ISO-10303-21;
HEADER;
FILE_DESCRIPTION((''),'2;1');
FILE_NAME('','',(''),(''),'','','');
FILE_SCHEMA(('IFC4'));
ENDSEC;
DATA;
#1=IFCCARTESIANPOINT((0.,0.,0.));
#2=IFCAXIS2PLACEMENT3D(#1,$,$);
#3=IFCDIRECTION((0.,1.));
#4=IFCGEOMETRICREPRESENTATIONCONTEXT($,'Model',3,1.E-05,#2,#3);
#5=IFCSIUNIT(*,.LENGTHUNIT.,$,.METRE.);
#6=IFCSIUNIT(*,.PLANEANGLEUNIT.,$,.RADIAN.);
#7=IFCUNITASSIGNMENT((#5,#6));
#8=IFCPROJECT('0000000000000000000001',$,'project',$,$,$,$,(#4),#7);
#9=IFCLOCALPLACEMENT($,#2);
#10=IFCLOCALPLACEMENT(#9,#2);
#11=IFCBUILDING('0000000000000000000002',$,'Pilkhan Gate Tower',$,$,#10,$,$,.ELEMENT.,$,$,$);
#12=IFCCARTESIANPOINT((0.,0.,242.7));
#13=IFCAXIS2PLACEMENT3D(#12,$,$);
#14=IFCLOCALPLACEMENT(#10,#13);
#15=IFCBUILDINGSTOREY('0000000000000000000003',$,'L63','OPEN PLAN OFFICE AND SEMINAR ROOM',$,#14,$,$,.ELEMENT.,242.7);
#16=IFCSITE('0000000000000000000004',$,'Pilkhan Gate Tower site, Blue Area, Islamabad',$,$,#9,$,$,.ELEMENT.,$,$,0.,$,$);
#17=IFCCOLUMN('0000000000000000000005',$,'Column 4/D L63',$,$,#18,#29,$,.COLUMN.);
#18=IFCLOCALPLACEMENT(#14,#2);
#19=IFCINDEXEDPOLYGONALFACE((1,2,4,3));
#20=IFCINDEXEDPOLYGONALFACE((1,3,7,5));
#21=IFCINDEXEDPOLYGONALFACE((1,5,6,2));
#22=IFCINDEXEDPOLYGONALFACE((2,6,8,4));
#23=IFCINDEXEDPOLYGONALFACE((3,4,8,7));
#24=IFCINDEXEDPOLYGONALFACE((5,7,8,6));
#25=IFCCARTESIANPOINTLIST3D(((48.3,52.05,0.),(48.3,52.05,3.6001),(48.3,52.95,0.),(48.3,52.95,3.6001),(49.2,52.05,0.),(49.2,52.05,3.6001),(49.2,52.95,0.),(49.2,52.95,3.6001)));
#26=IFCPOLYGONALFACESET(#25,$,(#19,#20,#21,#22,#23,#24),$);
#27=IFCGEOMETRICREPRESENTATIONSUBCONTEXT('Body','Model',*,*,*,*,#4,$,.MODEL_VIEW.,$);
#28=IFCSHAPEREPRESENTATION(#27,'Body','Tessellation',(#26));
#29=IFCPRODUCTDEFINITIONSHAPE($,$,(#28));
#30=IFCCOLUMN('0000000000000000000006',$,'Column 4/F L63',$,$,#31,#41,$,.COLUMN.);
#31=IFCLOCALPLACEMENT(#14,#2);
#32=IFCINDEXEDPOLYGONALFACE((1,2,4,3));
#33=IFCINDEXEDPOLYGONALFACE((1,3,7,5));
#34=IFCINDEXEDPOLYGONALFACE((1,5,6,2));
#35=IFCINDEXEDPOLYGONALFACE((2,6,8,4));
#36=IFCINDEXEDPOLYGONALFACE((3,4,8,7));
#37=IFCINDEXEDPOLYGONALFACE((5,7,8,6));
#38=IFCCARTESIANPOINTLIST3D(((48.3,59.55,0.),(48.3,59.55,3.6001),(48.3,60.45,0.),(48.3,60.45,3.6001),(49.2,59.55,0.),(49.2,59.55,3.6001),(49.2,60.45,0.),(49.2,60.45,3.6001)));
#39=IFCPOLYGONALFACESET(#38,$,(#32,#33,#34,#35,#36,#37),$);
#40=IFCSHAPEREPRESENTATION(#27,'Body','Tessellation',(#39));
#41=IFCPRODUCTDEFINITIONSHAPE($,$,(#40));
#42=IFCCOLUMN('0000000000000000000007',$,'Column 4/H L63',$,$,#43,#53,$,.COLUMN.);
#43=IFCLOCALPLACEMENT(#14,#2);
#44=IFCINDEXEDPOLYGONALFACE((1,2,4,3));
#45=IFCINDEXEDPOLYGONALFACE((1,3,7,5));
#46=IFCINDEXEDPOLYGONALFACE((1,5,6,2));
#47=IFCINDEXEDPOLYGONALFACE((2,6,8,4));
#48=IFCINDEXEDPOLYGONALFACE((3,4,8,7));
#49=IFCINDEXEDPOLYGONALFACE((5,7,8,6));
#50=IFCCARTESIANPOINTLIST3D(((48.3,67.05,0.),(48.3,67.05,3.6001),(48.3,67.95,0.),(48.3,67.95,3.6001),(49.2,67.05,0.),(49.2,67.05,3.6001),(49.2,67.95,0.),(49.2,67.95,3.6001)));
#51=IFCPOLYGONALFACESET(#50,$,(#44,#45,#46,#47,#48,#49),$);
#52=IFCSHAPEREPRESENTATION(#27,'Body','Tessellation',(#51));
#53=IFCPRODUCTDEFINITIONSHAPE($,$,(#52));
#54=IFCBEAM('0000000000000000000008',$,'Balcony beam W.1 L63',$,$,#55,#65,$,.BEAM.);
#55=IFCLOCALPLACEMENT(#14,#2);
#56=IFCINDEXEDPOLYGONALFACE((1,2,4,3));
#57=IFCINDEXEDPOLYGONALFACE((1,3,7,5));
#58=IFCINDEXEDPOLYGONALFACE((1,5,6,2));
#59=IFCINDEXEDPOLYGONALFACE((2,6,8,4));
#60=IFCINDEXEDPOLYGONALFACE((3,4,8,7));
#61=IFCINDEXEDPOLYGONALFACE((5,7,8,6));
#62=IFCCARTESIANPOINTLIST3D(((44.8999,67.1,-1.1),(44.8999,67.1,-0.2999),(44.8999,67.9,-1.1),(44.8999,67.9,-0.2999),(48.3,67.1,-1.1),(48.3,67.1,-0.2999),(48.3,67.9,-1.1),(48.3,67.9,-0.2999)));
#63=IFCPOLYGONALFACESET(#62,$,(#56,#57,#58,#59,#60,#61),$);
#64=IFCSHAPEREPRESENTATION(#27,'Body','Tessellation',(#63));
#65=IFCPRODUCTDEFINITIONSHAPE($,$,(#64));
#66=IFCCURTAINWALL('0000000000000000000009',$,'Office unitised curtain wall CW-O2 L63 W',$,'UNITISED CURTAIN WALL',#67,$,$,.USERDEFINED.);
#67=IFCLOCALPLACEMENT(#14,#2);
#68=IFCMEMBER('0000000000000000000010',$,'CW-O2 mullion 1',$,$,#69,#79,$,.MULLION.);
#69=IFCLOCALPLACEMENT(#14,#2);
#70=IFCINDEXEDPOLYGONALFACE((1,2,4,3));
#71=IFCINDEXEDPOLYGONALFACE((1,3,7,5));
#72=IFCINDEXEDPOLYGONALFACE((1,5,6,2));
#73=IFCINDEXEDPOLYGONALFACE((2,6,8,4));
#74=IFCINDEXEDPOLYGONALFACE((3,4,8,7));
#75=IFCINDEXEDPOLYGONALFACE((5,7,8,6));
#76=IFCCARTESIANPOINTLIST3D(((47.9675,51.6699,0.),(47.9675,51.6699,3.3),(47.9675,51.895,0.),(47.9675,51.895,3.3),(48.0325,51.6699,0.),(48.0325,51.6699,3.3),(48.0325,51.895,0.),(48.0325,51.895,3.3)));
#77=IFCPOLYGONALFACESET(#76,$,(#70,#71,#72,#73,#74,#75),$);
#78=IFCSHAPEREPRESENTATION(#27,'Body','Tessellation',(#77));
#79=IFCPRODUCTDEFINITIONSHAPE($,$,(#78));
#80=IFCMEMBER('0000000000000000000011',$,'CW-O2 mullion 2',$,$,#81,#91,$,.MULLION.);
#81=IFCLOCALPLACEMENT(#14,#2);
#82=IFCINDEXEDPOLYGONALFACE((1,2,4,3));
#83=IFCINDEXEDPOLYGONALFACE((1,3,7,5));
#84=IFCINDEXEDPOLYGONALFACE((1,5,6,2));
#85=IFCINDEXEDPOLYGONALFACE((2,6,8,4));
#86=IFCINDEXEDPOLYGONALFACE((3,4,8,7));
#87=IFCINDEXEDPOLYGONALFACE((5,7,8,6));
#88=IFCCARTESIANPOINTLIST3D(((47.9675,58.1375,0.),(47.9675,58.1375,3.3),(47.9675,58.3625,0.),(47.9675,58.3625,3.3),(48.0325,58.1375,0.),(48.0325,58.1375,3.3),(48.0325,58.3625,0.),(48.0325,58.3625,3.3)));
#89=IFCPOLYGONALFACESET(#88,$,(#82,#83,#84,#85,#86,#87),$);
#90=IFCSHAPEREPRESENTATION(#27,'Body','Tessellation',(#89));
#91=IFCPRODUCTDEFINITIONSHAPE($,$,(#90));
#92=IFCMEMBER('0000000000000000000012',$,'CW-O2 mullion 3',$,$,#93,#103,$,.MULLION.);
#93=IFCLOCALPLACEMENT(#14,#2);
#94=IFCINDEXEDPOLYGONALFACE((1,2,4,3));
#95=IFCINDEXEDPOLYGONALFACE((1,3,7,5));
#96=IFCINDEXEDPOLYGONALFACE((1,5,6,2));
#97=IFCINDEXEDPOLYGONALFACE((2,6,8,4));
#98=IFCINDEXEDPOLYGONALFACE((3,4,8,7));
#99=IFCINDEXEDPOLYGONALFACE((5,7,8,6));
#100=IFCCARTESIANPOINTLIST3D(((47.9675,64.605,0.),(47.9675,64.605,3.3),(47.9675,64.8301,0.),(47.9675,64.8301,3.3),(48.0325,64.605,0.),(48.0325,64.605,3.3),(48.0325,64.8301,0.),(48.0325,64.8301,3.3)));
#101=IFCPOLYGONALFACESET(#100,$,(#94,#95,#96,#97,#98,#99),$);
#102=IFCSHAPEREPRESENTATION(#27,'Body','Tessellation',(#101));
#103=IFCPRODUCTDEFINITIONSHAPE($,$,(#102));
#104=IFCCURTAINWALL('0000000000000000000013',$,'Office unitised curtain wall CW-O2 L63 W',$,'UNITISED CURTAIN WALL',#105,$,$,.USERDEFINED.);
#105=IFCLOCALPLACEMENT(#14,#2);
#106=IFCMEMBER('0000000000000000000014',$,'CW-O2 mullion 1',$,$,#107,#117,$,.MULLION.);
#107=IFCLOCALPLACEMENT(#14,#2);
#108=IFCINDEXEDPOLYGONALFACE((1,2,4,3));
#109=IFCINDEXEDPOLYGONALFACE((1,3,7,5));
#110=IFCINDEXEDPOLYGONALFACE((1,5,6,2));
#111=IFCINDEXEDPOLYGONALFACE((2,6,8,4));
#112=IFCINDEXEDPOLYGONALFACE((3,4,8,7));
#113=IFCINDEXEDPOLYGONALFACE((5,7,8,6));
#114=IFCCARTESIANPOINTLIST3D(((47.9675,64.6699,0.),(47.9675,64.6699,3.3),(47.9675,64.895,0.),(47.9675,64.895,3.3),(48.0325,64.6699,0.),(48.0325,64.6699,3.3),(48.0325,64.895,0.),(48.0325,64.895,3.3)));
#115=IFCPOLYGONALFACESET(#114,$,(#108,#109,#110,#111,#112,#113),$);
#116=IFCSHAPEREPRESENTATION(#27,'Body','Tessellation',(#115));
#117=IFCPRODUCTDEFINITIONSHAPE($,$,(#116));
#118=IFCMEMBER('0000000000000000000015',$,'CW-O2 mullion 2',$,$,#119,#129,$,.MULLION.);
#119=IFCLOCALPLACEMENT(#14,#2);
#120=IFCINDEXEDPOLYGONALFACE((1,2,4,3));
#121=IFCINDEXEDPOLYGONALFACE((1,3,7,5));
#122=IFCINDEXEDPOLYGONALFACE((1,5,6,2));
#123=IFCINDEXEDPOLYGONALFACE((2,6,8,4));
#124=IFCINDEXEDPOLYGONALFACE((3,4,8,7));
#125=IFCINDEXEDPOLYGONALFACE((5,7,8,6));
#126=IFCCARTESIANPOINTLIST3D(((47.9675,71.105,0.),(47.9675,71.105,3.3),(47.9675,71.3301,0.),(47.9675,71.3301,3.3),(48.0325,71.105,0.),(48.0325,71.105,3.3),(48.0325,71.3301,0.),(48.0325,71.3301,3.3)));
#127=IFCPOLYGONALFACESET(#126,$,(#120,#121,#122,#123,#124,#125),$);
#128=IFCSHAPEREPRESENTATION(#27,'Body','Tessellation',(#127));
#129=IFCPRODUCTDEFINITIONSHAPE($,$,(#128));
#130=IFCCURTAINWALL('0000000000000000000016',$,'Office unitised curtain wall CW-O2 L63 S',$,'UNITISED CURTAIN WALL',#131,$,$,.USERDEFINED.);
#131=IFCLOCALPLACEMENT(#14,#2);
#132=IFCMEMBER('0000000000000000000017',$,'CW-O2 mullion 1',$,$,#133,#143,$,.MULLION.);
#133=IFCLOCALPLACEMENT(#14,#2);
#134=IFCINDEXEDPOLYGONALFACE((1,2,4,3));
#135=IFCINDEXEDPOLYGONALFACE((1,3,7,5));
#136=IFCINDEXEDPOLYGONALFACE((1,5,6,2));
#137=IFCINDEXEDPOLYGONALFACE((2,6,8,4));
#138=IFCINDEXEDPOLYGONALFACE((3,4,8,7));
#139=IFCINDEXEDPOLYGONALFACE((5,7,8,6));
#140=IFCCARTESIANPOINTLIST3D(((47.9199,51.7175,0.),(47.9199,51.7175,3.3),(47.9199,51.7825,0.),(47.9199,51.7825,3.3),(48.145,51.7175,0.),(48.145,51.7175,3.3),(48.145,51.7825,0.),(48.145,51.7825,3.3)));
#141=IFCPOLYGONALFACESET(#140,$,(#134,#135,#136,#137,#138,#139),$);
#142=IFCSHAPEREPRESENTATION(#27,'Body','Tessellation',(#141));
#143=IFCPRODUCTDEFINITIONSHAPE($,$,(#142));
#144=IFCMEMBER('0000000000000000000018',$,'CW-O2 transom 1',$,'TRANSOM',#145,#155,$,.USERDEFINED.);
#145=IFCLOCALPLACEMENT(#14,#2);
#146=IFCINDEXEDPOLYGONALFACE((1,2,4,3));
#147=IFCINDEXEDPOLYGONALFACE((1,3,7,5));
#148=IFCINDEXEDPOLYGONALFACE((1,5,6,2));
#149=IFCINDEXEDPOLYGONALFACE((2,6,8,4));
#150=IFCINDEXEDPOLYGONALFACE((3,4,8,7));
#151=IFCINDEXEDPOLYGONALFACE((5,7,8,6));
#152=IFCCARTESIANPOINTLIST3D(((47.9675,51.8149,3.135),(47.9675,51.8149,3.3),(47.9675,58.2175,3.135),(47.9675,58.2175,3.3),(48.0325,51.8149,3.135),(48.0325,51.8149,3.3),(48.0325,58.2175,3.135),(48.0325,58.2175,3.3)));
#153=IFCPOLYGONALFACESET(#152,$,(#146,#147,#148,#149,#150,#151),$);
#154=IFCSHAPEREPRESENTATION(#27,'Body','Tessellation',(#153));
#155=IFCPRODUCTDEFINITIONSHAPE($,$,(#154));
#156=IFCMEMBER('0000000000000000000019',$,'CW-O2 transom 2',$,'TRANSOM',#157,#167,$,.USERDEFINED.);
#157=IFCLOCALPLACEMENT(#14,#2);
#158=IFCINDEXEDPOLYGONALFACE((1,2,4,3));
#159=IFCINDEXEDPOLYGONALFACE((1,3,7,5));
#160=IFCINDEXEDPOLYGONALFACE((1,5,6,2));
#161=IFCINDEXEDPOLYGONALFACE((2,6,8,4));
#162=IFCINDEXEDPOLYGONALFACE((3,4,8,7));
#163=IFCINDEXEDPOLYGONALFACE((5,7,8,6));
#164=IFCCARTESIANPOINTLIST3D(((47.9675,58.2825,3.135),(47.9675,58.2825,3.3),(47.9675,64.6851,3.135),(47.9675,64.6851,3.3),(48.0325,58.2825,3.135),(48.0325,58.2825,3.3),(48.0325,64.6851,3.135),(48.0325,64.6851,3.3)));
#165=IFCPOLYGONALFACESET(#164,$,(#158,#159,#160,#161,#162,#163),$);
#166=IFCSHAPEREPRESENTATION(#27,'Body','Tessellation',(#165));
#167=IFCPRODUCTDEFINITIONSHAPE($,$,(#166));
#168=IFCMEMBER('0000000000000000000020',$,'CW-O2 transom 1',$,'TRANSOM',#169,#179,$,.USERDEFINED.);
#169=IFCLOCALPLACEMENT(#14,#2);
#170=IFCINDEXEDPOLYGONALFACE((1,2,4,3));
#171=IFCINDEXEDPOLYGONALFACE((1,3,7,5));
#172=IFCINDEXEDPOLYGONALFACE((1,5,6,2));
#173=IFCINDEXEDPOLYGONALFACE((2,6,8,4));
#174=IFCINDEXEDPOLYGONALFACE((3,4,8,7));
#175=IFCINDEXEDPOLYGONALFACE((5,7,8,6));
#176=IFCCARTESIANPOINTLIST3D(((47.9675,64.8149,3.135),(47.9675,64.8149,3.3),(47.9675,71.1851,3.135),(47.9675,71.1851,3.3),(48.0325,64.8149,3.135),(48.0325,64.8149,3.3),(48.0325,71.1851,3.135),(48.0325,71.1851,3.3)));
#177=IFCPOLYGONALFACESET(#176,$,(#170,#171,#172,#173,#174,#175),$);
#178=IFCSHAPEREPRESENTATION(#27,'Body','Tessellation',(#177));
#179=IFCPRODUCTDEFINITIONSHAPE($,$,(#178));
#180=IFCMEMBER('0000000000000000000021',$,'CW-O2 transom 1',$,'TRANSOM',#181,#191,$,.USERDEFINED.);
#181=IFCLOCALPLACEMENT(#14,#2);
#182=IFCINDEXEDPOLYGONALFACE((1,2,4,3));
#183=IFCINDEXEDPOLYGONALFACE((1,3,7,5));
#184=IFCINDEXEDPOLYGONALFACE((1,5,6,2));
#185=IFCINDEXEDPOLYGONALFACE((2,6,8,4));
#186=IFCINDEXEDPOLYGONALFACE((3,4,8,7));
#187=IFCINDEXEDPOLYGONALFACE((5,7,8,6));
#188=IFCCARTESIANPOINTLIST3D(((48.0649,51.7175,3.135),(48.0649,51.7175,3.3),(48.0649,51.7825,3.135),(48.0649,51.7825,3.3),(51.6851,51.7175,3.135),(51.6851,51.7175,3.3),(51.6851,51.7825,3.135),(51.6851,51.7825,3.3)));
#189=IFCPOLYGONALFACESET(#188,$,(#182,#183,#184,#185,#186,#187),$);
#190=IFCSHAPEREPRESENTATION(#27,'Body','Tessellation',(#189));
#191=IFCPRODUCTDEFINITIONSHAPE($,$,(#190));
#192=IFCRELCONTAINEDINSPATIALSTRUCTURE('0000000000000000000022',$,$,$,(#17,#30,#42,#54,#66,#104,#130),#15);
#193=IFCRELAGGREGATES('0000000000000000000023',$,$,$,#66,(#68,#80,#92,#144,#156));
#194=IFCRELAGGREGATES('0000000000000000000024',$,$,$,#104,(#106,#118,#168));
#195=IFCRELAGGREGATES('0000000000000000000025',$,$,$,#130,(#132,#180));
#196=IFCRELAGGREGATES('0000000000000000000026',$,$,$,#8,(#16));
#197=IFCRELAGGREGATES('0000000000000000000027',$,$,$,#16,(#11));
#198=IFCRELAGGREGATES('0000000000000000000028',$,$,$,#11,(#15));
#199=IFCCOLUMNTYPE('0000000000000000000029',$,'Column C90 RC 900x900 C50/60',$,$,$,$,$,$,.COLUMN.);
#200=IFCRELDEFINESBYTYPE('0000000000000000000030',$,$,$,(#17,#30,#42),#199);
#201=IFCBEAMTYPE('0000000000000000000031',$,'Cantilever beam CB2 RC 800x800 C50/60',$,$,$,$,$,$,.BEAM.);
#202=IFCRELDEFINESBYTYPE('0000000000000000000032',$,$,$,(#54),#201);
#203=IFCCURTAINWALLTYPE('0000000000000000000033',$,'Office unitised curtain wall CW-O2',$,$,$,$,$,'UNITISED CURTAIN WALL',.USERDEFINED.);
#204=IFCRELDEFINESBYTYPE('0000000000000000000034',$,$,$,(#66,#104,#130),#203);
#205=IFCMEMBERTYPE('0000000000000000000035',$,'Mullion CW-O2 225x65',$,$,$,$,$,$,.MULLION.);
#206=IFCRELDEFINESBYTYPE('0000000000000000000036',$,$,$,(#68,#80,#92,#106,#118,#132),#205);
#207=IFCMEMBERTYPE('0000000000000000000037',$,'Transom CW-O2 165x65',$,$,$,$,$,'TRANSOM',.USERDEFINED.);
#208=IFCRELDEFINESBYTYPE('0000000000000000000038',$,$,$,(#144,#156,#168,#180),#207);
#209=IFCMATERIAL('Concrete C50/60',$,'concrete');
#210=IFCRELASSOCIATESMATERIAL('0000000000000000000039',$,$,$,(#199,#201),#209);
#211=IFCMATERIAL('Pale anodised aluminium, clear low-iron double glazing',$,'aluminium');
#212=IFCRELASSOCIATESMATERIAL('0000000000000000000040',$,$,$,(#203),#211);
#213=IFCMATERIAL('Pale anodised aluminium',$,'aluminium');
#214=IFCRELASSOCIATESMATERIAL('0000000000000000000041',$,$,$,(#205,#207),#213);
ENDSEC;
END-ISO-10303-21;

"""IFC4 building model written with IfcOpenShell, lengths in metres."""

from ifc_helpers import new_model, si_unit, direction, frame, origin, origin_2d, place, context, subcontext, project, spatial, rectangle, extrude, material, material_profile, profile_set, type_object, element, aggregate, save


model = new_model("IFC4")

# Units and contexts
model_context = context("Model", 3, precision=1e-05, world=origin(), true_north=direction((0.0, 1.0)))
body_context = subcontext(model_context, "Body", "Model", "MODEL_VIEW")
ifc_project = project(units=[si_unit("LENGTHUNIT", "METRE"), si_unit("PLANEANGLEUNIT", "RADIAN")], contexts=[model_context])

# Site, building, storey
site_placement = place(None, origin())
site = spatial("IfcSite", under=ifc_project, at=site_placement, Name="Pilkhan Gate Tower site, Blue Area, Islamabad", CompositionType="ELEMENT", RefElevation=0.0)
building_placement = place(site_placement, origin())
building = spatial("IfcBuilding", under=site, at=building_placement, Name="Pilkhan Gate Tower", CompositionType="ELEMENT")
storey_placement = place(building_placement, frame((0.0, 0.0, 242.7)))
storey = spatial("IfcBuildingStorey", under=building, at=storey_placement, Name="L63", Description="OPEN PLAN OFFICE AND SEMINAR ROOM", CompositionType="ELEMENT", Elevation=242.7)

# Columns
ifc_material_1 = material(Name="Concrete C50/60", Category="concrete")
ifc_material_profile_1 = material_profile(ifc_material_1, rectangle(XDim=0.8999, YDim=0.8999, at=origin_2d()), Name="RC 900x900")
ifc_profile_set_1 = profile_set([ifc_material_profile_1], Name="Concrete C50/60")
column_type = type_object("IfcColumnType", Name="Column C90 RC 900x900 C50/60", PredefinedType="COLUMN", material=ifc_profile_set_1)
for number, where, z_axis, x_axis, name in (
    (1, (48.75, 52.5, 0.0), (0.0, 0.0, 1.0), (1.0, 0.0, 0.0), "Column 4/D L63"),
    (2, (48.75, 60.0, 0.0), (0.0, 0.0, 1.0), (1.0, 0.0, 0.0), "Column 4/F L63"),
    (3, (48.75, 67.5, 0.0), (0.0, 0.0, 1.0), (1.0, 0.0, 0.0), "Column 4/H L63"),
):
    element("IfcColumn", number, at=place(storey_placement, frame(where, z_axis=z_axis, x_axis=x_axis)), inside=storey, type_object=column_type, Name=name, PredefinedType="COLUMN", context=body_context, shape_type="SweptSolid", body=[
        extrude(rectangle(XDim=0.8999, YDim=0.8999, at=origin_2d()), origin(), (0.0, 0.0, 1.0), 3.6001),
    ])

# Beam
ifc_material_profile_2 = material_profile(ifc_material_1, rectangle(XDim=0.8, YDim=0.8, at=origin_2d()), Name="RC 800x800")
ifc_profile_set_2 = profile_set([ifc_material_profile_2], Name="Concrete C50/60")
beam_type = type_object("IfcBeamType", Name="Cantilever beam CB2 RC 800x800 C50/60", PredefinedType="BEAM", material=ifc_profile_set_2)
beam_placement = place(storey_placement, frame((48.3, 67.5, -0.7), z_axis=(-1.0, 0.0, 0.0), x_axis=(0.0, -1.0, 0.0)))
element("IfcBeam", 4, at=beam_placement, inside=storey, type_object=beam_type, Name="Balcony beam W.1 L63", PredefinedType="BEAM", context=body_context, shape_type="SweptSolid", body=[
    extrude(rectangle(XDim=0.8, YDim=0.8, at=origin_2d()), origin(), (0.0, 0.0, 1.0), 3.4001),
])

# Curtain walls, members
ifc_material_2 = material(Name="Pale anodised aluminium, clear low-iron double glazing", Category="aluminium")
curtain_wall_type = type_object("IfcCurtainWallType", Name="Office unitised curtain wall CW-O2", ElementType="UNITISED CURTAIN WALL", PredefinedType="USERDEFINED", material=ifc_material_2)
curtain_wall_1_placement = place(storey_placement, origin())
curtain_wall_1 = element("IfcCurtainWall", 5, at=curtain_wall_1_placement, inside=storey, type_object=curtain_wall_type, Name="Office unitised curtain wall CW-O2 L63 W", ObjectType="UNITISED CURTAIN WALL", PredefinedType="USERDEFINED")
ifc_material_3 = material(Name="Pale anodised aluminium", Category="aluminium")
ifc_material_profile_3 = material_profile(ifc_material_3, rectangle(XDim=0.0649, YDim=0.2251, at=origin_2d()), Name="Mullion 225x65")
ifc_profile_set_3 = profile_set([ifc_material_profile_3], Name="Pale anodised aluminium")
member_type_1 = type_object("IfcMemberType", Name="Mullion CW-O2 225x65", PredefinedType="MULLION", material=ifc_profile_set_3)
member_1_placement = place(storey_placement, frame((48.0, 51.7825, 0.0), z_axis=(0.0, 0.0, 1.0), x_axis=(-1.0, 0.0, 0.0)))
member_1 = element("IfcMember", 6, at=member_1_placement, type_object=member_type_1, Name="CW-O2 mullion 1", PredefinedType="MULLION", context=body_context, shape_type="SweptSolid", body=[
    extrude(rectangle(XDim=0.0649, YDim=0.2251, at=origin_2d()), origin(), (0.0, 0.0, 1.0), 3.3),
])
member_2_placement = place(storey_placement, frame((48.0, 58.25, 0.0), z_axis=(0.0, 0.0, 1.0), x_axis=(-1.0, 0.0, 0.0)))
member_2 = element("IfcMember", 7, at=member_2_placement, type_object=member_type_1, Name="CW-O2 mullion 2", PredefinedType="MULLION", context=body_context, shape_type="SweptSolid", body=[
    extrude(rectangle(XDim=0.0649, YDim=0.2251, at=origin_2d()), origin(), (0.0, 0.0, 1.0), 3.3),
])
member_3_placement = place(storey_placement, frame((48.0, 64.7175, 0.0), z_axis=(0.0, 0.0, 1.0), x_axis=(-1.0, 0.0, 0.0)))
member_3 = element("IfcMember", 8, at=member_3_placement, type_object=member_type_1, Name="CW-O2 mullion 3", PredefinedType="MULLION", context=body_context, shape_type="SweptSolid", body=[
    extrude(rectangle(XDim=0.0649, YDim=0.2251, at=origin_2d()), origin(), (0.0, 0.0, 1.0), 3.3),
])
curtain_wall_2_placement = place(storey_placement, origin())
curtain_wall_2 = element("IfcCurtainWall", 9, at=curtain_wall_2_placement, inside=storey, type_object=curtain_wall_type, Name="Office unitised curtain wall CW-O2 L63 W", ObjectType="UNITISED CURTAIN WALL", PredefinedType="USERDEFINED")
member_4_placement = place(storey_placement, frame((48.0, 64.7825, 0.0), z_axis=(0.0, 0.0, 1.0), x_axis=(-1.0, 0.0, 0.0)))
member_4 = element("IfcMember", 10, at=member_4_placement, type_object=member_type_1, Name="CW-O2 mullion 1", PredefinedType="MULLION", context=body_context, shape_type="SweptSolid", body=[
    extrude(rectangle(XDim=0.0649, YDim=0.2251, at=origin_2d()), origin(), (0.0, 0.0, 1.0), 3.3),
])
member_5_placement = place(storey_placement, frame((48.0, 71.2175, 0.0), z_axis=(0.0, 0.0, 1.0), x_axis=(-1.0, 0.0, 0.0)))
member_5 = element("IfcMember", 11, at=member_5_placement, type_object=member_type_1, Name="CW-O2 mullion 2", PredefinedType="MULLION", context=body_context, shape_type="SweptSolid", body=[
    extrude(rectangle(XDim=0.0649, YDim=0.2251, at=origin_2d()), origin(), (0.0, 0.0, 1.0), 3.3),
])

# Curtain wall, member
curtain_wall_3_placement = place(storey_placement, origin())
curtain_wall_3 = element("IfcCurtainWall", 12, at=curtain_wall_3_placement, inside=storey, type_object=curtain_wall_type, Name="Office unitised curtain wall CW-O2 L63 S", ObjectType="UNITISED CURTAIN WALL", PredefinedType="USERDEFINED")
member_6_placement = place(storey_placement, frame((48.0325, 51.75, 0.0), z_axis=(0.0, 0.0, 1.0), x_axis=(0.0, 1.0, 0.0)))
member_6 = element("IfcMember", 13, at=member_6_placement, type_object=member_type_1, Name="CW-O2 mullion 1", PredefinedType="MULLION", context=body_context, shape_type="SweptSolid", body=[
    extrude(rectangle(XDim=0.0649, YDim=0.2251, at=origin_2d()), origin(), (0.0, 0.0, 1.0), 3.3),
])

# Members
ifc_material_profile_4 = material_profile(ifc_material_3, rectangle(XDim=0.0649, YDim=0.165, at=origin_2d()), Name="Transom 165x65")
ifc_profile_set_4 = profile_set([ifc_material_profile_4], Name="Pale anodised aluminium")
member_type_2 = type_object("IfcMemberType", Name="Transom CW-O2 165x65", ElementType="TRANSOM", PredefinedType="USERDEFINED", material=ifc_profile_set_4)
member_7_placement = place(storey_placement, frame((48.0, 51.8149, 3.2175), z_axis=(0.0, 1.0, 0.0), x_axis=(-1.0, 0.0, 0.0)))
member_7 = element("IfcMember", 14, at=member_7_placement, type_object=member_type_2, Name="CW-O2 transom 1", ObjectType="TRANSOM", PredefinedType="USERDEFINED", context=body_context, shape_type="SweptSolid", body=[
    extrude(rectangle(XDim=0.0649, YDim=0.165, at=origin_2d()), origin(), (0.0, 0.0, 1.0), 6.4026),
])
member_8_placement = place(storey_placement, frame((48.0, 58.2825, 3.2175), z_axis=(0.0, 1.0, 0.0), x_axis=(-1.0, 0.0, 0.0)))
member_8 = element("IfcMember", 15, at=member_8_placement, type_object=member_type_2, Name="CW-O2 transom 2", ObjectType="TRANSOM", PredefinedType="USERDEFINED", context=body_context, shape_type="SweptSolid", body=[
    extrude(rectangle(XDim=0.0649, YDim=0.165, at=origin_2d()), origin(), (0.0, 0.0, 1.0), 6.4026),
])
member_9_placement = place(storey_placement, frame((48.0, 64.8149, 3.2175), z_axis=(0.0, 1.0, 0.0), x_axis=(-1.0, 0.0, 0.0)))
member_9 = element("IfcMember", 16, at=member_9_placement, type_object=member_type_2, Name="CW-O2 transom 1", ObjectType="TRANSOM", PredefinedType="USERDEFINED", context=body_context, shape_type="SweptSolid", body=[
    extrude(rectangle(XDim=0.0649, YDim=0.165, at=origin_2d()), origin(), (0.0, 0.0, 1.0), 6.3701),
])
member_10_placement = place(storey_placement, frame((48.0649, 51.75, 3.2175), z_axis=(1.0, 0.0, 0.0), x_axis=(0.0, 1.0, 0.0)))
member_10 = element("IfcMember", 17, at=member_10_placement, type_object=member_type_2, Name="CW-O2 transom 1", ObjectType="TRANSOM", PredefinedType="USERDEFINED", context=body_context, shape_type="SweptSolid", body=[
    extrude(rectangle(XDim=0.0649, YDim=0.165, at=origin_2d()), origin(), (0.0, 0.0, 1.0), 3.6201),
])

aggregate(curtain_wall_1, [member_1, member_2, member_3, member_7, member_8])
aggregate(curtain_wall_2, [member_4, member_5, member_9])
aggregate(curtain_wall_3, [member_6, member_10])

save(model, "model.ifc")
